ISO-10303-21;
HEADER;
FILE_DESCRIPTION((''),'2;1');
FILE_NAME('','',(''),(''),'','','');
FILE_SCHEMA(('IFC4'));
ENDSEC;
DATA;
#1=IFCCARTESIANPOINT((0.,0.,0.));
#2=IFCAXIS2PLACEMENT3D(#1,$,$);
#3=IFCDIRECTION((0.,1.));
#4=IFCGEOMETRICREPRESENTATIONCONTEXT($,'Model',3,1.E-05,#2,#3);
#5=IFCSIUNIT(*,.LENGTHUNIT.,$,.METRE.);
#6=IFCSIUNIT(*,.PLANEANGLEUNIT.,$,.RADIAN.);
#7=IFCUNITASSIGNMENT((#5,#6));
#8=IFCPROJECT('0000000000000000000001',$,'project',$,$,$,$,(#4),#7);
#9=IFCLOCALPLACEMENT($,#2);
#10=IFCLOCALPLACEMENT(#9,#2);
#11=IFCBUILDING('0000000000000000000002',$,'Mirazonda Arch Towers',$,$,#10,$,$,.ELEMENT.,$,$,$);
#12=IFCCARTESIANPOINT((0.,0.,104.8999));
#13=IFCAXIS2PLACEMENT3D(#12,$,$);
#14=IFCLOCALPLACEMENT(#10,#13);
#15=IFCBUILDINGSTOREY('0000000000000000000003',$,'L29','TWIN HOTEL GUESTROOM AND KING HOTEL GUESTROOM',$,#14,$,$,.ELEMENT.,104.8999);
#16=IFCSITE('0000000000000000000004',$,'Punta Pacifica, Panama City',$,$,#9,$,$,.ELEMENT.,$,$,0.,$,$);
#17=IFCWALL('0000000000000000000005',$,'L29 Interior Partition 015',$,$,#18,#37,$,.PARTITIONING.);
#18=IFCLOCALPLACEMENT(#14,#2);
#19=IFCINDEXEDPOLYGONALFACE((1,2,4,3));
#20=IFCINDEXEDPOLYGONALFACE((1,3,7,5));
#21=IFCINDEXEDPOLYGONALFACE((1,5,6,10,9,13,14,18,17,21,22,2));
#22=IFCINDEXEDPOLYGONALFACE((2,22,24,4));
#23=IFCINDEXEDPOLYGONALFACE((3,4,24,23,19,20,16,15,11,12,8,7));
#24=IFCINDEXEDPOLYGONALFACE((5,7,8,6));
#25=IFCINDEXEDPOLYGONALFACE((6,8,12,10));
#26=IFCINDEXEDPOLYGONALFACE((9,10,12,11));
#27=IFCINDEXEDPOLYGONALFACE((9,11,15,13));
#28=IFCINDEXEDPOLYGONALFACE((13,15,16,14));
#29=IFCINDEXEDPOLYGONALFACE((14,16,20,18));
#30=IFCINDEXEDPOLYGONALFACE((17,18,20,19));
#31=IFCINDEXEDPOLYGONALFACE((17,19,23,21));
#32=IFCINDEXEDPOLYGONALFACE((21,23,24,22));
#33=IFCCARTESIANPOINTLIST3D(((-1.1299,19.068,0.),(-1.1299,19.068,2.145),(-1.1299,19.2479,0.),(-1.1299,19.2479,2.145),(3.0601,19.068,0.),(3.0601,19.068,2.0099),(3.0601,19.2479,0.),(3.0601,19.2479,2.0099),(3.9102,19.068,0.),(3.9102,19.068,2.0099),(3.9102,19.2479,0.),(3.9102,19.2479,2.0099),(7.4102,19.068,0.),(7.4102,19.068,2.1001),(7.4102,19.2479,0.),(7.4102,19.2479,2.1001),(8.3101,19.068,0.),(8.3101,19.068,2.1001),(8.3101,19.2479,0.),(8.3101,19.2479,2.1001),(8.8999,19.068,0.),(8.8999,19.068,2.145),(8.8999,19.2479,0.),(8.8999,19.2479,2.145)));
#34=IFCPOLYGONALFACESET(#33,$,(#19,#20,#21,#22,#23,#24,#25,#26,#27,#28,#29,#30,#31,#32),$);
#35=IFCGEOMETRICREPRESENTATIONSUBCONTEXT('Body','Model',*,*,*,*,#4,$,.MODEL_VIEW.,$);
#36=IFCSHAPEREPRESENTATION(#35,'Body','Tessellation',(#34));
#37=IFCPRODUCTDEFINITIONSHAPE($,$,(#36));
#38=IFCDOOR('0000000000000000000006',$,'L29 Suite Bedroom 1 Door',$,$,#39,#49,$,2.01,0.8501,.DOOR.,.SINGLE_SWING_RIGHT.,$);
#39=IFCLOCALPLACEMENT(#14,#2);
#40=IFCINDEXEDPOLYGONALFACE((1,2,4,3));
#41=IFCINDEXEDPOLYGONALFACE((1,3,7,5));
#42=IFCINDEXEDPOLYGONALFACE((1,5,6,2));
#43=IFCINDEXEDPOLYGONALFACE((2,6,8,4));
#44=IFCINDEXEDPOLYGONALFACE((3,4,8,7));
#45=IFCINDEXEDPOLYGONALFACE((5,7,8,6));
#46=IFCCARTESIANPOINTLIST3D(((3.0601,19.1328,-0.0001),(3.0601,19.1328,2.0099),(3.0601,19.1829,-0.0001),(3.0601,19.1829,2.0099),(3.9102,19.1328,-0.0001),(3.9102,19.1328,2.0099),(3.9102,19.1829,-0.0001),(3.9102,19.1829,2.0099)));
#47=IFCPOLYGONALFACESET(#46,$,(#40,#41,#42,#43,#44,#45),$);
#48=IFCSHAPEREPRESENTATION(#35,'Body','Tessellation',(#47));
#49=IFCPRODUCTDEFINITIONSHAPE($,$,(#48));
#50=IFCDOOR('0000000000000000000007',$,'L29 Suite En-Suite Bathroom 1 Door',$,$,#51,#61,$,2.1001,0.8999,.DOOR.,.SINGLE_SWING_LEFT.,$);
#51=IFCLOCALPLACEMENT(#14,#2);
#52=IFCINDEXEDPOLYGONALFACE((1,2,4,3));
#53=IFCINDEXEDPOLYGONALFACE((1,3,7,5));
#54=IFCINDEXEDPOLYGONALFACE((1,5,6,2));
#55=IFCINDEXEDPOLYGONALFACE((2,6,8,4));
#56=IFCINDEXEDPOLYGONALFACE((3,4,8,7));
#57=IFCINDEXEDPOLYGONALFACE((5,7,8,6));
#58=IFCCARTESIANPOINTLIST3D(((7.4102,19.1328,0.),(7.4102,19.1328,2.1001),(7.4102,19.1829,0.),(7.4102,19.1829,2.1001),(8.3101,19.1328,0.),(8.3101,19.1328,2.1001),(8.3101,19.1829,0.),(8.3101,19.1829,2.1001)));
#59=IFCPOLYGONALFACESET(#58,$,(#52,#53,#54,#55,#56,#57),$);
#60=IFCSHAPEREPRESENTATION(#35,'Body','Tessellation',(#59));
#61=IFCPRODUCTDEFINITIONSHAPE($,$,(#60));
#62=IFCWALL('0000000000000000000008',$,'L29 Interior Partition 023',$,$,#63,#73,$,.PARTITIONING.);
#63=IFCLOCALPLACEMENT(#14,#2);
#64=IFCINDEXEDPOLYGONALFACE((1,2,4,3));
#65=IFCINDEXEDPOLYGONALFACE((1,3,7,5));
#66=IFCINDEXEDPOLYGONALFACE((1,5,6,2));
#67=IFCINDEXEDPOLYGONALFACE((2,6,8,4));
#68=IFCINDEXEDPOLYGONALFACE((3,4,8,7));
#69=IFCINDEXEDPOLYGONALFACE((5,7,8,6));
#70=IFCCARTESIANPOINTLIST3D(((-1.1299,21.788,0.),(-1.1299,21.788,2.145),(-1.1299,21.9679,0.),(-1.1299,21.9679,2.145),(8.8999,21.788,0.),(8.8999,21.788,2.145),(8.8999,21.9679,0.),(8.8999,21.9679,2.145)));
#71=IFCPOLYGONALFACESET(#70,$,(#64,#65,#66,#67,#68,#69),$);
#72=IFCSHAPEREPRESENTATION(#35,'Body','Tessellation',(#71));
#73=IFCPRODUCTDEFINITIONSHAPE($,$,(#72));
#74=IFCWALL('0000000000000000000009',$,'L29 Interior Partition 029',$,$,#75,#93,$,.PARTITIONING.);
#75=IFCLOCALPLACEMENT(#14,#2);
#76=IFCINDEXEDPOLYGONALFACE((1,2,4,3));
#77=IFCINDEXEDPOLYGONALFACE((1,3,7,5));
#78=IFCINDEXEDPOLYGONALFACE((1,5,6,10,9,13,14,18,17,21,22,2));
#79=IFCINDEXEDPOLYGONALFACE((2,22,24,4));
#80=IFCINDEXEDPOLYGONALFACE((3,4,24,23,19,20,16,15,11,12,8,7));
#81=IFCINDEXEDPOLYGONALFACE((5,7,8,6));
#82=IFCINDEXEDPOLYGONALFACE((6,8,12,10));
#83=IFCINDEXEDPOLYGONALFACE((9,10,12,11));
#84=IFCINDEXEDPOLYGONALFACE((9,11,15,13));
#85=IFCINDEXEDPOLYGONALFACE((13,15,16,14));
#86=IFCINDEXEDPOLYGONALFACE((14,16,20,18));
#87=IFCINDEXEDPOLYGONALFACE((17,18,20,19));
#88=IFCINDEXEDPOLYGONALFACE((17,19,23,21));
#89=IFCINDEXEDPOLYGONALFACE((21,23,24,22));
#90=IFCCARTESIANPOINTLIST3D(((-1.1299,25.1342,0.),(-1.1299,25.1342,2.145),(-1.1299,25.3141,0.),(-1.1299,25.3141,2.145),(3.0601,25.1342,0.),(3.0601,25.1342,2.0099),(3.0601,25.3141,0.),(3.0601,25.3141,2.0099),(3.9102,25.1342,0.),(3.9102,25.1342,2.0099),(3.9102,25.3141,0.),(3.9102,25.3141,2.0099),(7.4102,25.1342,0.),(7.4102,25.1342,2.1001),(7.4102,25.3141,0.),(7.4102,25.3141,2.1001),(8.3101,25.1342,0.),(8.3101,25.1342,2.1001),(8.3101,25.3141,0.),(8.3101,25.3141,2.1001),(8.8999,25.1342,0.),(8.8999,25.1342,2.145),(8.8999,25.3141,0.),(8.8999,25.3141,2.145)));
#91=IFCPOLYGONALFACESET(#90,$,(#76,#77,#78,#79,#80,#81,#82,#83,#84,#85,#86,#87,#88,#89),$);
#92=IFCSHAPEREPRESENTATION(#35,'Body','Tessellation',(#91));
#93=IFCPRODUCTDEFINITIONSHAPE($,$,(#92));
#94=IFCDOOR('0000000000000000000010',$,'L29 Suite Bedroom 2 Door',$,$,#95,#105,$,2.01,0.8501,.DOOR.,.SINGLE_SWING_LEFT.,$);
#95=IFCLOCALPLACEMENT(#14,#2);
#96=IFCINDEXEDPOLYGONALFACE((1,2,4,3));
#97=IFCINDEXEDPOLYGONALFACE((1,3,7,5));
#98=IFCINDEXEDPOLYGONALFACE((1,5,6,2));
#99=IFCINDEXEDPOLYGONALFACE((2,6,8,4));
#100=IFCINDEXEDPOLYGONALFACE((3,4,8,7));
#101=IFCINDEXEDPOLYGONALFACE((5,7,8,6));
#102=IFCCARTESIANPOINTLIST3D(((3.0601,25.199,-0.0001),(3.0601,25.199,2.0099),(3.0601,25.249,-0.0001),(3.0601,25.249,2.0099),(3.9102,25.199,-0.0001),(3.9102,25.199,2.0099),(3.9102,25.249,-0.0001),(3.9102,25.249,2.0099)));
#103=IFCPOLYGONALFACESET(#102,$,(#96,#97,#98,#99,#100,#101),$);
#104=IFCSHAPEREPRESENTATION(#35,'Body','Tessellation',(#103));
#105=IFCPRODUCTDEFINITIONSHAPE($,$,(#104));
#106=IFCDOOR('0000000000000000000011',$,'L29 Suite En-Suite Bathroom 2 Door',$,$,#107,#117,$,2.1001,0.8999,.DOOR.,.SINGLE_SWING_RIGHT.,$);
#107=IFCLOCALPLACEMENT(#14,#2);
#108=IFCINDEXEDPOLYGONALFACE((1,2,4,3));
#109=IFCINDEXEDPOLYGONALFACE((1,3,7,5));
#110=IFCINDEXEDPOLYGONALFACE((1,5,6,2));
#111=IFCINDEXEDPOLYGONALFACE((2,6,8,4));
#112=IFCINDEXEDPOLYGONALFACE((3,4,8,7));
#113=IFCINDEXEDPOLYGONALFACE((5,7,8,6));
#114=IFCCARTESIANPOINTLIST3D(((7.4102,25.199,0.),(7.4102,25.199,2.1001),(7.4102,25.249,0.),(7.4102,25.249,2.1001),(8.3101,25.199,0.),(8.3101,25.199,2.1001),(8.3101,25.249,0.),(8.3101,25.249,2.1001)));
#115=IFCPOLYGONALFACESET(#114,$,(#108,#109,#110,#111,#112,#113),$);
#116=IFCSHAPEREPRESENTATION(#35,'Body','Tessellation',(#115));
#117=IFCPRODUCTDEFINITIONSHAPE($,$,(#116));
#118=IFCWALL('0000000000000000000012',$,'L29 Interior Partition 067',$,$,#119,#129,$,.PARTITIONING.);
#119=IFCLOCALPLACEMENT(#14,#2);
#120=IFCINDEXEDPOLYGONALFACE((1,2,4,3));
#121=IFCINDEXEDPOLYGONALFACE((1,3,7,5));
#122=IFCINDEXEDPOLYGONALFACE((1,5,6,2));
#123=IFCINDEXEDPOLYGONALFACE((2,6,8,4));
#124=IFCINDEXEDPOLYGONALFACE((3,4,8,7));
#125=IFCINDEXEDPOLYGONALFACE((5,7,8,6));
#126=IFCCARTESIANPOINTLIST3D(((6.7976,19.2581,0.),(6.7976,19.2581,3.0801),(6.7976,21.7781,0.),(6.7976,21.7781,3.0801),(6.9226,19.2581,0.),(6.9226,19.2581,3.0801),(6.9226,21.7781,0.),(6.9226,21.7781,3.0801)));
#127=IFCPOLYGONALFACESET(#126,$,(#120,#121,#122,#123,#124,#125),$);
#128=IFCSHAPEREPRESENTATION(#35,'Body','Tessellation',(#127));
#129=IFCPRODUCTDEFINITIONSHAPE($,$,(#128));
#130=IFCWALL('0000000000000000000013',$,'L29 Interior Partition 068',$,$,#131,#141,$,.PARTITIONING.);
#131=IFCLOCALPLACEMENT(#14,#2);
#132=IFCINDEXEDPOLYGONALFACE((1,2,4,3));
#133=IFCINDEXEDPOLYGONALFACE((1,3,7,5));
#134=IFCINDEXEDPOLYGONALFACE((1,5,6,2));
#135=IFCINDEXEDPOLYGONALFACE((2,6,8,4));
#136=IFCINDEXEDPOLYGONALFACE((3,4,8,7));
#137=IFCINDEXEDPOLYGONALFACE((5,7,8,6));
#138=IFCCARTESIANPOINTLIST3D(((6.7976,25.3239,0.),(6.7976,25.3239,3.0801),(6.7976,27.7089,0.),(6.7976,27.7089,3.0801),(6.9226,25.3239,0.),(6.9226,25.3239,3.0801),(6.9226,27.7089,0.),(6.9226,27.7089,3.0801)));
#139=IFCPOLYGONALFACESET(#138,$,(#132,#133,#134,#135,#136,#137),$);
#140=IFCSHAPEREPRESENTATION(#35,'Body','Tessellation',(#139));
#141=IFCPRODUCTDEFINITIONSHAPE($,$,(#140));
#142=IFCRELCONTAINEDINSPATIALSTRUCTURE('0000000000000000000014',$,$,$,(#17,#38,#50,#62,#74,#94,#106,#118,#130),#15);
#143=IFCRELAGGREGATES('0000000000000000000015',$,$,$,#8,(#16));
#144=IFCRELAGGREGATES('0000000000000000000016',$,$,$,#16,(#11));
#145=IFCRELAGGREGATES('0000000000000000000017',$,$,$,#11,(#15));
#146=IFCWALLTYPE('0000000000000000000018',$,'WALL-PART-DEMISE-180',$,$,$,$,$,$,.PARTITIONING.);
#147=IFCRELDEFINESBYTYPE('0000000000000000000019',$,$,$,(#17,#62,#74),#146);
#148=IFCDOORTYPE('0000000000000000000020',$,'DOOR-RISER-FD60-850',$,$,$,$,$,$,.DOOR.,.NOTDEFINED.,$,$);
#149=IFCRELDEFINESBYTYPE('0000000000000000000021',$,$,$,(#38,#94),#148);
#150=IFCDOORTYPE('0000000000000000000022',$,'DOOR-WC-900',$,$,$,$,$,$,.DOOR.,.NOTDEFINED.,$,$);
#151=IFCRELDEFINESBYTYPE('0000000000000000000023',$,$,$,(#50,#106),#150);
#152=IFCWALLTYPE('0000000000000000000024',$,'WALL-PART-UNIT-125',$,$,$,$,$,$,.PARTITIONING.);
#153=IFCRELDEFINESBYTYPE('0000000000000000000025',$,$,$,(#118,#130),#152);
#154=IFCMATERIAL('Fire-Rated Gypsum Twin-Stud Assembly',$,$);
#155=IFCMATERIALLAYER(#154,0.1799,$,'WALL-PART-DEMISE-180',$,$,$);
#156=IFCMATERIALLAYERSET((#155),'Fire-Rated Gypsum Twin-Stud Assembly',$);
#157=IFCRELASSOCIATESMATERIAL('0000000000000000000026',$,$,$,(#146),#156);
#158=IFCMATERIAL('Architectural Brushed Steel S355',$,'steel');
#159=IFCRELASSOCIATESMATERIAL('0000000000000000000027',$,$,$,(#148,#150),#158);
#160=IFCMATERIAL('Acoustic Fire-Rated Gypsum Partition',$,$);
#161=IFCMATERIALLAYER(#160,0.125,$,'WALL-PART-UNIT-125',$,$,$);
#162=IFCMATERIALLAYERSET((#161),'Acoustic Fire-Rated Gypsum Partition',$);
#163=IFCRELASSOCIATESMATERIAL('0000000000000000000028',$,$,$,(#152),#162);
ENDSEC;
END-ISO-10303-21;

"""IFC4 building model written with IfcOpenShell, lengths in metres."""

from ifc_helpers import new_model, si_unit, direction, frame, frame_2d, origin, place, context, subcontext, project, spatial, rectangle, extrude, material, layer, layer_set, type_object, element, fill, save


model = new_model("IFC4")

# Units and contexts
model_context = context("Model", 3, precision=1e-05, world=origin(), true_north=direction((0.0, 1.0)))
body_context = subcontext(model_context, "Body", "Model", "MODEL_VIEW")
ifc_project = project(units=[si_unit("LENGTHUNIT", "METRE"), si_unit("PLANEANGLEUNIT", "RADIAN")], contexts=[model_context])

# Site, building, storey
site_placement = place(None, origin())
site = spatial("IfcSite", under=ifc_project, at=site_placement, Name="Punta Pacifica, Panama City", CompositionType="ELEMENT", RefElevation=0.0)
building_placement = place(site_placement, origin())
building = spatial("IfcBuilding", under=site, at=building_placement, Name="Mirazonda Arch Towers", CompositionType="ELEMENT")
storey_placement = place(building_placement, frame((0.0, 0.0, 104.8999)))
storey = spatial("IfcBuildingStorey", under=building, at=storey_placement, Name="L29", Description="TWIN HOTEL GUESTROOM AND KING HOTEL GUESTROOM", CompositionType="ELEMENT", Elevation=104.8999)

# Wall, openings, doors
ifc_material_1 = material(Name="Fire-Rated Gypsum Twin-Stud Assembly")
ifc_layer_1 = layer(ifc_material_1, 0.1799, Name="WALL-PART-DEMISE-180")
ifc_layer_set_1 = layer_set([ifc_layer_1], Name="Fire-Rated Gypsum Twin-Stud Assembly")
wall_type_1 = type_object("IfcWallType", Name="WALL-PART-DEMISE-180", PredefinedType="PARTITIONING", material=ifc_layer_set_1)
wall_1_placement = place(storey_placement, frame((-1.1299, 19.158, 0.0), z_axis=(0.0, 0.0, 1.0), x_axis=(1.0, 0.0, 0.0)))
wall_1 = element("IfcWall", 1, at=wall_1_placement, inside=storey, type_object=wall_type_1, Name="L29 Interior Partition 015", PredefinedType="PARTITIONING", context=body_context, shape_type="SweptSolid", body=[
    extrude(rectangle(XDim=10.0298, YDim=0.1799, at=frame_2d((5.0149, 0.0))), origin(), (0.0, 0.0, 1.0), 2.145),
])
opening_1_placement = place(wall_1_placement, frame((4.1899, 0.0, 0.0)))
opening_1 = element("IfcOpeningElement", 2, at=opening_1_placement, cuts=wall_1, PredefinedType="OPENING", context=body_context, shape_type="SweptSolid", body=[
    extrude(rectangle(XDim=0.8501, YDim=2.01, at=frame_2d((0.425, 1.0049))), frame((0.0, 0.0999, 0.0), z_axis=(0.0, -1.0, 0.0), x_axis=(1.0, 0.0, 0.0)), (0.0, 0.0, 1.0), 0.2),
])
opening_2_placement = place(wall_1_placement, frame((8.54, 0.0, 0.0)))
opening_2 = element("IfcOpeningElement", 3, at=opening_2_placement, cuts=wall_1, PredefinedType="OPENING", context=body_context, shape_type="SweptSolid", body=[
    extrude(rectangle(XDim=0.8999, YDim=2.1001, at=frame_2d((0.45, 1.05))), frame((0.0, 0.0999, 0.0), z_axis=(0.0, -1.0, 0.0), x_axis=(1.0, 0.0, 0.0)), (0.0, 0.0, 1.0), 0.2),
])
ifc_material_2 = material(Name="Architectural Brushed Steel S355", Category="steel")
door_type_1 = type_object("IfcDoorType", Name="DOOR-RISER-FD60-850", OperationType="NOTDEFINED", PredefinedType="DOOR", material=ifc_material_2)
door_1_placement = place(opening_1_placement, origin())
door_1 = element("IfcDoor", 4, at=door_1_placement, inside=storey, type_object=door_type_1, Name="L29 Suite Bedroom 1 Door", OperationType="SINGLE_SWING_RIGHT", OverallHeight=2.01, OverallWidth=0.8501, PredefinedType="DOOR", context=body_context, shape_type="SweptSolid", body=[
    extrude(rectangle(XDim=0.8501, YDim=2.01, at=frame_2d((0.425, 1.0049))), frame((0.0, 0.0249, 0.0), z_axis=(0.0, -1.0, 0.0), x_axis=(1.0, 0.0, 0.0)), (0.0, 0.0, 1.0), 0.05),
])
fill(opening_1, door_1)
door_type_2 = type_object("IfcDoorType", Name="DOOR-WC-900", OperationType="NOTDEFINED", PredefinedType="DOOR", material=ifc_material_2)
door_2_placement = place(opening_2_placement, origin())
door_2 = element("IfcDoor", 5, at=door_2_placement, inside=storey, type_object=door_type_2, Name="L29 Suite En-Suite Bathroom 1 Door", OperationType="SINGLE_SWING_LEFT", OverallHeight=2.1001, OverallWidth=0.8999, PredefinedType="DOOR", context=body_context, shape_type="SweptSolid", body=[
    extrude(rectangle(XDim=0.8999, YDim=2.1001, at=frame_2d((0.45, 1.05))), frame((0.0, 0.0249, 0.0), z_axis=(0.0, -1.0, 0.0), x_axis=(1.0, 0.0, 0.0)), (0.0, 0.0, 1.0), 0.05),
])
fill(opening_2, door_2)

# Wall
wall_2_placement = place(storey_placement, frame((-1.1299, 21.8779, 0.0), z_axis=(0.0, 0.0, 1.0), x_axis=(1.0, 0.0, 0.0)))
element("IfcWall", 6, at=wall_2_placement, inside=storey, type_object=wall_type_1, Name="L29 Interior Partition 023", PredefinedType="PARTITIONING", context=body_context, shape_type="SweptSolid", body=[
    extrude(rectangle(XDim=10.0298, YDim=0.1799, at=frame_2d((5.0149, 0.0))), origin(), (0.0, 0.0, 1.0), 2.145),
])

# Wall, openings, doors
wall_3_placement = place(storey_placement, frame((-1.1299, 25.2241, 0.0), z_axis=(0.0, 0.0, 1.0), x_axis=(1.0, 0.0, 0.0)))
wall_3 = element("IfcWall", 7, at=wall_3_placement, inside=storey, type_object=wall_type_1, Name="L29 Interior Partition 029", PredefinedType="PARTITIONING", context=body_context, shape_type="SweptSolid", body=[
    extrude(rectangle(XDim=10.0298, YDim=0.1799, at=frame_2d((5.0149, 0.0))), origin(), (0.0, 0.0, 1.0), 2.145),
])
opening_3_placement = place(wall_3_placement, frame((4.1899, 0.0, 0.0)))
opening_3 = element("IfcOpeningElement", 8, at=opening_3_placement, cuts=wall_3, PredefinedType="OPENING", context=body_context, shape_type="SweptSolid", body=[
    extrude(rectangle(XDim=0.8501, YDim=2.01, at=frame_2d((0.425, 1.0049))), frame((0.0, 0.0999, 0.0), z_axis=(0.0, -1.0, 0.0), x_axis=(1.0, 0.0, 0.0)), (0.0, 0.0, 1.0), 0.2),
])
opening_4_placement = place(wall_3_placement, frame((8.54, 0.0, 0.0)))
opening_4 = element("IfcOpeningElement", 9, at=opening_4_placement, cuts=wall_3, PredefinedType="OPENING", context=body_context, shape_type="SweptSolid", body=[
    extrude(rectangle(XDim=0.8999, YDim=2.1001, at=frame_2d((0.45, 1.05))), frame((0.0, 0.0999, 0.0), z_axis=(0.0, -1.0, 0.0), x_axis=(1.0, 0.0, 0.0)), (0.0, 0.0, 1.0), 0.2),
])
door_3_placement = place(opening_3_placement, origin())
door_3 = element("IfcDoor", 10, at=door_3_placement, inside=storey, type_object=door_type_1, Name="L29 Suite Bedroom 2 Door", OperationType="SINGLE_SWING_LEFT", OverallHeight=2.01, OverallWidth=0.8501, PredefinedType="DOOR", context=body_context, shape_type="SweptSolid", body=[
    extrude(rectangle(XDim=0.8501, YDim=2.01, at=frame_2d((0.425, 1.0049))), frame((0.0, 0.0249, 0.0), z_axis=(0.0, -1.0, 0.0), x_axis=(1.0, 0.0, 0.0)), (0.0, 0.0, 1.0), 0.05),
])
fill(opening_3, door_3)
door_4_placement = place(opening_4_placement, origin())
door_4 = element("IfcDoor", 11, at=door_4_placement, inside=storey, type_object=door_type_2, Name="L29 Suite En-Suite Bathroom 2 Door", OperationType="SINGLE_SWING_RIGHT", OverallHeight=2.1001, OverallWidth=0.8999, PredefinedType="DOOR", context=body_context, shape_type="SweptSolid", body=[
    extrude(rectangle(XDim=0.8999, YDim=2.1001, at=frame_2d((0.45, 1.05))), frame((0.0, 0.0249, 0.0), z_axis=(0.0, -1.0, 0.0), x_axis=(1.0, 0.0, 0.0)), (0.0, 0.0, 1.0), 0.05),
])
fill(opening_4, door_4)

# Walls
ifc_material_3 = material(Name="Acoustic Fire-Rated Gypsum Partition")
ifc_layer_2 = layer(ifc_material_3, 0.125, Name="WALL-PART-UNIT-125")
ifc_layer_set_2 = layer_set([ifc_layer_2], Name="Acoustic Fire-Rated Gypsum Partition")
wall_type_2 = type_object("IfcWallType", Name="WALL-PART-UNIT-125", PredefinedType="PARTITIONING", material=ifc_layer_set_2)
wall_4_placement = place(storey_placement, frame((6.8601, 19.2581, 0.0), z_axis=(0.0, 0.0, 1.0), x_axis=(0.0, 1.0, 0.0)))
element("IfcWall", 12, at=wall_4_placement, inside=storey, type_object=wall_type_2, Name="L29 Interior Partition 067", PredefinedType="PARTITIONING", context=body_context, shape_type="SweptSolid", body=[
    extrude(rectangle(XDim=2.52, YDim=0.125, at=frame_2d((1.26, 0.0))), origin(), (0.0, 0.0, 1.0), 3.0801),
])
wall_5_placement = place(storey_placement, frame((6.8601, 25.324, 0.0), z_axis=(0.0, 0.0, 1.0), x_axis=(0.0, 1.0, 0.0)))
element("IfcWall", 13, at=wall_5_placement, inside=storey, type_object=wall_type_2, Name="L29 Interior Partition 068", PredefinedType="PARTITIONING", context=body_context, shape_type="SweptSolid", body=[
    extrude(rectangle(XDim=2.385, YDim=0.125, at=frame_2d((1.1924, 0.0))), origin(), (0.0, 0.0, 1.0), 3.0801),
])

save(model, "model.ifc")
